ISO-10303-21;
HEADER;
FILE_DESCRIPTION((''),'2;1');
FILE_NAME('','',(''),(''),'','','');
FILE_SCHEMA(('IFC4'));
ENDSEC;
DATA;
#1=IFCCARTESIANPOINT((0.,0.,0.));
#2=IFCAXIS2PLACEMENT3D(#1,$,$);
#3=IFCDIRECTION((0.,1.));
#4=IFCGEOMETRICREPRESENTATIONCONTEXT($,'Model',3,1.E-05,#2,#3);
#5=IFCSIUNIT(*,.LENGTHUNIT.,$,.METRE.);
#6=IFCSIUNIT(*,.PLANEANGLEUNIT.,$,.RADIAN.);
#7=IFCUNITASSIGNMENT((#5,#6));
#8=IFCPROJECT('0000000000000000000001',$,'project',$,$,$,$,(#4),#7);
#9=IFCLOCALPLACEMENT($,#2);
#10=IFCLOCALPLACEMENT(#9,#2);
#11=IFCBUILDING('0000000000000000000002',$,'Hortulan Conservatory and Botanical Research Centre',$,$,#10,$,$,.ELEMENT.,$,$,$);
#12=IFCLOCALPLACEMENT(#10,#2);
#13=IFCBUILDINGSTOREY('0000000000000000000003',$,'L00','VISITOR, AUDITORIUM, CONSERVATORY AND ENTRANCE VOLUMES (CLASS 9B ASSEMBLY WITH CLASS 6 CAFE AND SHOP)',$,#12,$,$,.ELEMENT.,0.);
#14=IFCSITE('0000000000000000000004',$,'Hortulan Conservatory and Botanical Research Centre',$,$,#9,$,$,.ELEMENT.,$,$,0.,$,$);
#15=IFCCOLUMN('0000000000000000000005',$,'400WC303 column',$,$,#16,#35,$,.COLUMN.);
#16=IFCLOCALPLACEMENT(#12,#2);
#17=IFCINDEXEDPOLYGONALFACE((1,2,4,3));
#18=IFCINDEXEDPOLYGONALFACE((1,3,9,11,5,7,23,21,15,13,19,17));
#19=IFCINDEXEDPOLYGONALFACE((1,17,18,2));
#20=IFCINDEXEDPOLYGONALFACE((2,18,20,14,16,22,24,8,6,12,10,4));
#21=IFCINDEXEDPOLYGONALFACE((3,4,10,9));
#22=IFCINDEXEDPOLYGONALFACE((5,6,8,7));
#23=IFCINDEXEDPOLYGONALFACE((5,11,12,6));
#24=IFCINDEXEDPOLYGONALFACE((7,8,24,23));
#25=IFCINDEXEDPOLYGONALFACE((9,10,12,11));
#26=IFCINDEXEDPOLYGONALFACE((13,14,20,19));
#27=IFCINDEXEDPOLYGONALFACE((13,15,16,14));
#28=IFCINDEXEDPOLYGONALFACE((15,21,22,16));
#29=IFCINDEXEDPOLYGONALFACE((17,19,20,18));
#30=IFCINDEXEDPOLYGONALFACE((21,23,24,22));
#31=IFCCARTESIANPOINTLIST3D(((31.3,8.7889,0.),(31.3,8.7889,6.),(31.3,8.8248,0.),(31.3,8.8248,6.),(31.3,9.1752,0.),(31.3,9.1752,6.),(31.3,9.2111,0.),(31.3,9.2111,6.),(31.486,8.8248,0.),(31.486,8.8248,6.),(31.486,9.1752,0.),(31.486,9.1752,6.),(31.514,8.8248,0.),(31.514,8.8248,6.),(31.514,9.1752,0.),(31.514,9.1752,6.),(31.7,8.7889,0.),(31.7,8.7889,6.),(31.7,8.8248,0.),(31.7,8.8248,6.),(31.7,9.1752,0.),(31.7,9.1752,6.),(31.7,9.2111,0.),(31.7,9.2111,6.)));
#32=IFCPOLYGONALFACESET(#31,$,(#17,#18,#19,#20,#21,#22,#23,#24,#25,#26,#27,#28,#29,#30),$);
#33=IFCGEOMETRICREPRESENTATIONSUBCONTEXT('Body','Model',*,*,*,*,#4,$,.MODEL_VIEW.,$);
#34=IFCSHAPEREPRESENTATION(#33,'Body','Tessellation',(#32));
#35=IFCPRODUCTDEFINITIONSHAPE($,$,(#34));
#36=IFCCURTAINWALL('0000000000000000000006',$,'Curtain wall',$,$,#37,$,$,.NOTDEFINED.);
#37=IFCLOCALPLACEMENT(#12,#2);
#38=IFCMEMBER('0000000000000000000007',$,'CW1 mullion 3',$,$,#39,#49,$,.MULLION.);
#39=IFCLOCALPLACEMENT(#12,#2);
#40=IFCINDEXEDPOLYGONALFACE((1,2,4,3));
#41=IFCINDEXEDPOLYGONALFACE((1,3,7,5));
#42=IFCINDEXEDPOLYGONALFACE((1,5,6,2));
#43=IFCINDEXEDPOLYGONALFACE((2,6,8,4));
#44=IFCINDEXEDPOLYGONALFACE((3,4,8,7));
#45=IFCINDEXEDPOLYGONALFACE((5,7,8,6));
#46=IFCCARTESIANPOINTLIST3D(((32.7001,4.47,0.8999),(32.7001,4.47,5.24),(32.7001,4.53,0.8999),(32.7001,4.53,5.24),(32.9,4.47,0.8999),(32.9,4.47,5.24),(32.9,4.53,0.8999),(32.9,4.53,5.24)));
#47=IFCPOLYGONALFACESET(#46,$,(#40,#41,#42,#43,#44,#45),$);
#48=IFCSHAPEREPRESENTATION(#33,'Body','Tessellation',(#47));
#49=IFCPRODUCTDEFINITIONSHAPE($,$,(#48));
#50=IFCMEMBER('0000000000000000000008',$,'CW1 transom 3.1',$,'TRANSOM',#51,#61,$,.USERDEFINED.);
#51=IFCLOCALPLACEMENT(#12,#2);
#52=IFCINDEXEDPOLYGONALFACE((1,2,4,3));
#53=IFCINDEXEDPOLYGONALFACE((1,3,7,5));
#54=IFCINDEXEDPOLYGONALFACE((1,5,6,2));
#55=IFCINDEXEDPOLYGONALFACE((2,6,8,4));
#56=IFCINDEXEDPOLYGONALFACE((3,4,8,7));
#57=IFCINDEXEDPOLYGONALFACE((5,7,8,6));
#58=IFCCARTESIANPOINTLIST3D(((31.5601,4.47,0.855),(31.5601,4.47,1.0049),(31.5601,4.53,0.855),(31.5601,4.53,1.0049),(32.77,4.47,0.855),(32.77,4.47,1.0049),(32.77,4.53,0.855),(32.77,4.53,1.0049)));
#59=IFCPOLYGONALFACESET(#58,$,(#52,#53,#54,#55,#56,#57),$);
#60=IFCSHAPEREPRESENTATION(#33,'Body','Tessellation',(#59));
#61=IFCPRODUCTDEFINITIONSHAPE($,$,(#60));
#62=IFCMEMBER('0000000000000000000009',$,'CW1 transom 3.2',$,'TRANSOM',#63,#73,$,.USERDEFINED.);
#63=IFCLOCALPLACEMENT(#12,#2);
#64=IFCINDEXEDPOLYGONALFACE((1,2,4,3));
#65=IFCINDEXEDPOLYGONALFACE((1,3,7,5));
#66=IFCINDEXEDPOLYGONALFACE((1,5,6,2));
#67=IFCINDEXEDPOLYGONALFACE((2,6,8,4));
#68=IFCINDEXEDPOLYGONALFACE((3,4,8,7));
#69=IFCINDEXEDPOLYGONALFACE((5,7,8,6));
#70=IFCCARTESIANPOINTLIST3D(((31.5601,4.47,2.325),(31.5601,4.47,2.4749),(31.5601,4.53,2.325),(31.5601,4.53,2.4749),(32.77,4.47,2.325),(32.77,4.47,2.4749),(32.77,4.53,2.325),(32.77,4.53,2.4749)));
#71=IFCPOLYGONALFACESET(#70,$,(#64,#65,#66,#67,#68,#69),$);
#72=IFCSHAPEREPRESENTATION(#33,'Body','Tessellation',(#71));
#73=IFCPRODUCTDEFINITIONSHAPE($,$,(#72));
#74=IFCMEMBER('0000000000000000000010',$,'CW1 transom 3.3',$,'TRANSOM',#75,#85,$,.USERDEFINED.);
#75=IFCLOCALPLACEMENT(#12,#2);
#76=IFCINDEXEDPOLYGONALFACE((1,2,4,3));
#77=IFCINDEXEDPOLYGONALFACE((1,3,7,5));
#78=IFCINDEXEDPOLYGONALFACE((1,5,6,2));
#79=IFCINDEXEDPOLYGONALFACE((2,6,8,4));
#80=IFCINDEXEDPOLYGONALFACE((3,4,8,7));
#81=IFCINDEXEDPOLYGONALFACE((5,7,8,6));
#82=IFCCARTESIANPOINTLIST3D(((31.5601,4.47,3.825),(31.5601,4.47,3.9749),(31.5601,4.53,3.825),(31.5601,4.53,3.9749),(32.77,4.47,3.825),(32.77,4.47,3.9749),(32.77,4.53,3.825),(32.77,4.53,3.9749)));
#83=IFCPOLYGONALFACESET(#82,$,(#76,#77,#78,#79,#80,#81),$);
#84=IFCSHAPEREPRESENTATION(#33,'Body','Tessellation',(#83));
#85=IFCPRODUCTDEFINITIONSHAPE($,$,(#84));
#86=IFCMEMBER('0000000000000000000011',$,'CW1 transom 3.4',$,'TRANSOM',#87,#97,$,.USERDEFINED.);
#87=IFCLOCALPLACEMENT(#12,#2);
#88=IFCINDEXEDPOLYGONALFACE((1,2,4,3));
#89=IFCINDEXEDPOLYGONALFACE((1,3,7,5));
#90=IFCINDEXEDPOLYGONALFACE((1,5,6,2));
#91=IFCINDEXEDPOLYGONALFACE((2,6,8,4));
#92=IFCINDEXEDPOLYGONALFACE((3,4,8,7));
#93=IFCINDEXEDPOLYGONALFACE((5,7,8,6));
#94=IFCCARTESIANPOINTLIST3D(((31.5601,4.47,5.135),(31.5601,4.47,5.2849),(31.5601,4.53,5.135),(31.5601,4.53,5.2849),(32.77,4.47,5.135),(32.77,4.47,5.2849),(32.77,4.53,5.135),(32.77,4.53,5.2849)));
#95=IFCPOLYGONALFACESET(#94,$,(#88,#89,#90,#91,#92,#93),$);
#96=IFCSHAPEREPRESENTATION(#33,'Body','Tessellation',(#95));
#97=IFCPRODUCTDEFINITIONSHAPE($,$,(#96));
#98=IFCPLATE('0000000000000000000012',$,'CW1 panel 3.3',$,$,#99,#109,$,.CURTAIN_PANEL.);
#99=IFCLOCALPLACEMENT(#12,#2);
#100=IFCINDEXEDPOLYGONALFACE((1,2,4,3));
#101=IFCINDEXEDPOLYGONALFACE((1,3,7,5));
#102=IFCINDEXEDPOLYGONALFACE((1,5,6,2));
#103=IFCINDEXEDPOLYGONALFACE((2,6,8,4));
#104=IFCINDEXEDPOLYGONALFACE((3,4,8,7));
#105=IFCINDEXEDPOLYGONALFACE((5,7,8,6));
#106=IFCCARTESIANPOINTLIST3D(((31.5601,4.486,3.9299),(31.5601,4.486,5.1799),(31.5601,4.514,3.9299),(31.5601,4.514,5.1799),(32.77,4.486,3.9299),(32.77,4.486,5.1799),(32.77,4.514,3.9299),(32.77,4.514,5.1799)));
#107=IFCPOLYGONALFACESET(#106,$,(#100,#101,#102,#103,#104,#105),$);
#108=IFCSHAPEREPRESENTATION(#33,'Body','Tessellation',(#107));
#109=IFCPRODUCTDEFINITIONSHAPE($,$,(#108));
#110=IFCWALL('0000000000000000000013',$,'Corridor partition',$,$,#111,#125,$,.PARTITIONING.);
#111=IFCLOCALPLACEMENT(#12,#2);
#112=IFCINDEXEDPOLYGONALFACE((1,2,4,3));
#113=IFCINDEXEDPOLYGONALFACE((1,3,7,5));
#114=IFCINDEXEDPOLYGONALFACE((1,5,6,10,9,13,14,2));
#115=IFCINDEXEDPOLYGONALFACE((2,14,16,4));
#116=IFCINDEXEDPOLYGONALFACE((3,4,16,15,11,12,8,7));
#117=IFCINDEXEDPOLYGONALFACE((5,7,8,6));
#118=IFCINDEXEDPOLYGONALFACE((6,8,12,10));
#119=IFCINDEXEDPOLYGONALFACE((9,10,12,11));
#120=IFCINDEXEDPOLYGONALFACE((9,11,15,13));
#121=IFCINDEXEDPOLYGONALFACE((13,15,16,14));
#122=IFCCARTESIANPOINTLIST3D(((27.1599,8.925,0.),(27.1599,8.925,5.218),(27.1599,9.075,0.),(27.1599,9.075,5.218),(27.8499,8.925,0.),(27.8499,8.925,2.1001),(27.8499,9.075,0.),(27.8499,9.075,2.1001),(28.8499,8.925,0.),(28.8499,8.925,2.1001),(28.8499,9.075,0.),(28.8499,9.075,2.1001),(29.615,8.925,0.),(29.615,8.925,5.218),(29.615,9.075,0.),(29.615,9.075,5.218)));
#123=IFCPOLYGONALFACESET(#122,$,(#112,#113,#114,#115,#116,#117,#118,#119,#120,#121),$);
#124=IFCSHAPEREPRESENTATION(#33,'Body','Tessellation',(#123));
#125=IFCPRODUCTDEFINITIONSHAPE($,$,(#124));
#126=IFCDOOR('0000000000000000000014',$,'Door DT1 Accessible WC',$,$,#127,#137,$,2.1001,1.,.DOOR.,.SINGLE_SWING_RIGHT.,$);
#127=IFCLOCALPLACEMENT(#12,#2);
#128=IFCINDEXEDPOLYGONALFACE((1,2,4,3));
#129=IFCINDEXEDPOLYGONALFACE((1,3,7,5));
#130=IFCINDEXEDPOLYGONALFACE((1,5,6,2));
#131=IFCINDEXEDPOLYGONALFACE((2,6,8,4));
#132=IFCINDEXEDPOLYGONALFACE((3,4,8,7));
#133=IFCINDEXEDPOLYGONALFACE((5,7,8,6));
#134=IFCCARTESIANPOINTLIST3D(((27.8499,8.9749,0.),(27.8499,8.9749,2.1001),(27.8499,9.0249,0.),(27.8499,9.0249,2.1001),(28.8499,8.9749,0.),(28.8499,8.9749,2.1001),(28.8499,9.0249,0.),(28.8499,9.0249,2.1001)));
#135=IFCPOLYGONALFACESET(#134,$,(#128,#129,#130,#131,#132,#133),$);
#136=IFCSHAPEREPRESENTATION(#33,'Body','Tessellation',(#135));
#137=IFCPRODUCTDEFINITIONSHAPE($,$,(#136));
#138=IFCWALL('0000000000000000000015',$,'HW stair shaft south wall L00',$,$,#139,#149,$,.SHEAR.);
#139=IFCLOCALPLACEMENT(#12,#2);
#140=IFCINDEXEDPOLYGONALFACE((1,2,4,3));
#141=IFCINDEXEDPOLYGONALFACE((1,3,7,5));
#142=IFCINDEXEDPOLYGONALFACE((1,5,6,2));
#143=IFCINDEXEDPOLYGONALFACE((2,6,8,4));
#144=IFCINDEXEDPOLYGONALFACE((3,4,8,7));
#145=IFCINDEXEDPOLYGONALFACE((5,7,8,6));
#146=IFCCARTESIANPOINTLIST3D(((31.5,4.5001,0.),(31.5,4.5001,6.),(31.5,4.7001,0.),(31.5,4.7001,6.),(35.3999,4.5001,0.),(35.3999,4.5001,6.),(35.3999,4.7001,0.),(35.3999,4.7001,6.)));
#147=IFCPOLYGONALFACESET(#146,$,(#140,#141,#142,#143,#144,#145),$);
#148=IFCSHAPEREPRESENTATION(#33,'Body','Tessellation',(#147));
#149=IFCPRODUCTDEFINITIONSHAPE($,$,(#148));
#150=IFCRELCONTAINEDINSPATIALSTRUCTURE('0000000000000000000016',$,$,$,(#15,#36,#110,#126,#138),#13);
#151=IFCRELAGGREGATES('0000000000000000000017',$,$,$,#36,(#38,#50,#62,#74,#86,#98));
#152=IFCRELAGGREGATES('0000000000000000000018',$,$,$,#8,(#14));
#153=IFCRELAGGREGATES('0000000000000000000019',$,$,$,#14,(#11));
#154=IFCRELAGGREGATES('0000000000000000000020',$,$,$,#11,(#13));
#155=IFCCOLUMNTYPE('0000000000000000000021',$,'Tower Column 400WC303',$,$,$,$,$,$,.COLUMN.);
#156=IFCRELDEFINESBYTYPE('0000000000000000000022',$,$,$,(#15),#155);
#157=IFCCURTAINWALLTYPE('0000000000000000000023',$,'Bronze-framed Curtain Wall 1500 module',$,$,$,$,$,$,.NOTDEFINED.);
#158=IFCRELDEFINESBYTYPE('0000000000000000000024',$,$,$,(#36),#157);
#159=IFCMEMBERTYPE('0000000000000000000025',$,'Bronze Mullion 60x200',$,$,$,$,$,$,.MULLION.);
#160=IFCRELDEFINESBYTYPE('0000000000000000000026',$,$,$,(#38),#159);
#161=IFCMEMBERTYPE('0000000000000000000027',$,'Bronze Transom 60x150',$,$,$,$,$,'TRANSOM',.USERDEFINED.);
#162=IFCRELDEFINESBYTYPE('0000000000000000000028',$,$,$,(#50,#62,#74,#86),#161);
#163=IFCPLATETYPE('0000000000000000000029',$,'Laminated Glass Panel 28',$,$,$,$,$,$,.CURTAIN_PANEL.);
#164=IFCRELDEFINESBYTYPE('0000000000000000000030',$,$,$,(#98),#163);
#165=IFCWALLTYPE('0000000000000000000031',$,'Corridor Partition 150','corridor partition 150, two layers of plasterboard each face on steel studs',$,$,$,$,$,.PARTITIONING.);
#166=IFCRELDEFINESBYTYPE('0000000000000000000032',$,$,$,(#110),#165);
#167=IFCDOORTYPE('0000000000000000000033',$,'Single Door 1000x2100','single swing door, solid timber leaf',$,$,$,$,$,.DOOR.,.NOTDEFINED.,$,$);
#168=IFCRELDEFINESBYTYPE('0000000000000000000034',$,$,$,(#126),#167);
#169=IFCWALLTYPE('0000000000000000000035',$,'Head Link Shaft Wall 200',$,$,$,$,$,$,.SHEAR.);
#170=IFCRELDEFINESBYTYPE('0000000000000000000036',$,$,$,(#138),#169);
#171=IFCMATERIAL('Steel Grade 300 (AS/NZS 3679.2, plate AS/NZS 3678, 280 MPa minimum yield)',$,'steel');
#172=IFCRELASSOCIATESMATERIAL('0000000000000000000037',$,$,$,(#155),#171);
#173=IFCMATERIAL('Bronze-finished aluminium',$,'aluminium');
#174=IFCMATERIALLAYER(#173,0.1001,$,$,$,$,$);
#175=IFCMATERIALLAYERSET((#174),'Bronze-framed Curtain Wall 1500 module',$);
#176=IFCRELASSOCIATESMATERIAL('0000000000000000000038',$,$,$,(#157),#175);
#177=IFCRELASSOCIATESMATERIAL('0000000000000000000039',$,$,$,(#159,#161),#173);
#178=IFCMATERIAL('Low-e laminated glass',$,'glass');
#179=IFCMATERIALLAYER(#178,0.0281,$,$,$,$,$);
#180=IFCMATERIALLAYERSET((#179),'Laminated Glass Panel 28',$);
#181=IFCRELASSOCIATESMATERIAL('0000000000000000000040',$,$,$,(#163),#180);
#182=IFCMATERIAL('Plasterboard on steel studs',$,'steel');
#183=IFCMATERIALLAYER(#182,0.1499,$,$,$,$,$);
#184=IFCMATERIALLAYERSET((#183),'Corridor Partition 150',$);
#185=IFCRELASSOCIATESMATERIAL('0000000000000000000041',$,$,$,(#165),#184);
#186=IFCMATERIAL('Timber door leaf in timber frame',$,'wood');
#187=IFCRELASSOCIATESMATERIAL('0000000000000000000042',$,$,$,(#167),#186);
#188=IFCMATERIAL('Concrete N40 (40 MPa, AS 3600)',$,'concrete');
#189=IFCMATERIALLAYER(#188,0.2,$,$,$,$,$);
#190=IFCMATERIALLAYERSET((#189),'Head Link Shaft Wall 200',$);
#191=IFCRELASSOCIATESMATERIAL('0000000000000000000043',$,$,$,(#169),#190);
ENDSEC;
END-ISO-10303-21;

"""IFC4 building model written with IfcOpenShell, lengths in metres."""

from ifc_helpers import new_model, si_unit, direction, frame, frame_2d, origin, origin_2d, place, context, subcontext, project, spatial, rectangle, i_section, extrude, material, layer, layer_set, material_profile, profile_set, type_object, element, fill, aggregate, save


model = new_model("IFC4")

# Units and contexts
model_context = context("Model", 3, precision=1e-05, world=origin(), true_north=direction((0.0, 1.0)))
body_context = subcontext(model_context, "Body", "Model", "MODEL_VIEW")
ifc_project = project(units=[si_unit("LENGTHUNIT", "METRE"), si_unit("PLANEANGLEUNIT", "RADIAN")], contexts=[model_context])

# Site, building, storey
site_placement = place(None, origin())
site = spatial("IfcSite", under=ifc_project, at=site_placement, Name="Hortulan Conservatory and Botanical Research Centre", CompositionType="ELEMENT", RefElevation=0.0)
building_placement = place(site_placement, origin())
building = spatial("IfcBuilding", under=site, at=building_placement, Name="Hortulan Conservatory and Botanical Research Centre", CompositionType="ELEMENT")
storey_placement = place(building_placement, origin())
storey = spatial("IfcBuildingStorey", under=building, at=storey_placement, Name="L00", Description="VISITOR, AUDITORIUM, CONSERVATORY AND ENTRANCE VOLUMES (CLASS 9B ASSEMBLY WITH CLASS 6 CAFE AND SHOP)", CompositionType="ELEMENT", Elevation=0.0)

# Column
ifc_material_1 = material(Name="Steel Grade 300 (AS/NZS 3679.2, plate AS/NZS 3678, 280 MPa minimum yield)", Category="steel")
ifc_material_profile_1 = material_profile(ifc_material_1, i_section(OverallWidth=0.3999, OverallDepth=0.4221, WebThickness=0.0281, FlangeThickness=0.0359, at=origin_2d()), Name="400WC303")
ifc_profile_set_1 = profile_set([ifc_material_profile_1], Name="Steel Grade 300 (AS/NZS 3679.2, plate AS/NZS 3678, 280 MPa minimum yield)")
column_type = type_object("IfcColumnType", Name="Tower Column 400WC303", PredefinedType="COLUMN", material=ifc_profile_set_1)
column_placement = place(storey_placement, frame((31.5, 9.0, 0.0), z_axis=(0.0, 0.0, 1.0), x_axis=(1.0, 0.0, 0.0)))
element("IfcColumn", 1, at=column_placement, inside=storey, type_object=column_type, Name="400WC303 column", PredefinedType="COLUMN", context=body_context, shape_type="SweptSolid", body=[
    extrude(i_section(OverallWidth=0.3999, OverallDepth=0.4221, WebThickness=0.0281, FlangeThickness=0.0359, at=origin_2d()), origin(), (0.0, 0.0, 1.0), 6.0),
])

# Curtain wall, members, plate
ifc_material_2 = material(Name="Bronze-finished aluminium", Category="aluminium")
ifc_layer_1 = layer(ifc_material_2, 0.1001)
ifc_layer_set_1 = layer_set([ifc_layer_1], Name="Bronze-framed Curtain Wall 1500 module")
curtain_wall_type = type_object("IfcCurtainWallType", Name="Bronze-framed Curtain Wall 1500 module", PredefinedType="NOTDEFINED", material=ifc_layer_set_1)
curtain_wall_placement = place(storey_placement, origin())
curtain_wall = element("IfcCurtainWall", 2, at=curtain_wall_placement, inside=storey, type_object=curtain_wall_type, Name="Curtain wall", PredefinedType="NOTDEFINED")
ifc_material_profile_2 = material_profile(ifc_material_2, rectangle(XDim=0.0601, YDim=0.2, at=origin_2d()), Name="Bronze Mullion 60x200")
ifc_profile_set_2 = profile_set([ifc_material_profile_2], Name="Bronze-finished aluminium")
member_type_1 = type_object("IfcMemberType", Name="Bronze Mullion 60x200", PredefinedType="MULLION", material=ifc_profile_set_2)
member_1_placement = place(storey_placement, frame((32.8, 4.5, 0.8999), z_axis=(0.0, 0.0, 1.0), x_axis=(0.0, -1.0, 0.0)))
member_1 = element("IfcMember", 3, at=member_1_placement, type_object=member_type_1, Name="CW1 mullion 3", PredefinedType="MULLION", context=body_context, shape_type="SweptSolid", body=[
    extrude(rectangle(XDim=0.0601, YDim=0.2, at=origin_2d()), origin(), (0.0, 0.0, 1.0), 4.3401),
])
ifc_material_profile_3 = material_profile(ifc_material_2, rectangle(XDim=0.0601, YDim=0.1499, at=origin_2d()), Name="Bronze Transom 60x150")
ifc_profile_set_3 = profile_set([ifc_material_profile_3], Name="Bronze-finished aluminium")
member_type_2 = type_object("IfcMemberType", Name="Bronze Transom 60x150", ElementType="TRANSOM", PredefinedType="USERDEFINED", material=ifc_profile_set_3)
member_2_placement = place(storey_placement, frame((32.77, 4.5, 0.9299), z_axis=(-1.0, 0.0, 0.0), x_axis=(0.0, -1.0, 0.0)))
member_2 = element("IfcMember", 4, at=member_2_placement, type_object=member_type_2, Name="CW1 transom 3.1", ObjectType="TRANSOM", PredefinedType="USERDEFINED", context=body_context, shape_type="SweptSolid", body=[
    extrude(rectangle(XDim=0.0601, YDim=0.1499, at=origin_2d()), origin(), (0.0, 0.0, 1.0), 1.21),
])
member_3_placement = place(storey_placement, frame((32.77, 4.5, 2.3999), z_axis=(-1.0, 0.0, 0.0), x_axis=(0.0, -1.0, 0.0)))
member_3 = element("IfcMember", 5, at=member_3_placement, type_object=member_type_2, Name="CW1 transom 3.2", ObjectType="TRANSOM", PredefinedType="USERDEFINED", context=body_context, shape_type="SweptSolid", body=[
    extrude(rectangle(XDim=0.0601, YDim=0.1499, at=origin_2d()), origin(), (0.0, 0.0, 1.0), 1.21),
])
member_4_placement = place(storey_placement, frame((32.77, 4.5, 3.8999), z_axis=(-1.0, 0.0, 0.0), x_axis=(0.0, -1.0, 0.0)))
member_4 = element("IfcMember", 6, at=member_4_placement, type_object=member_type_2, Name="CW1 transom 3.3", ObjectType="TRANSOM", PredefinedType="USERDEFINED", context=body_context, shape_type="SweptSolid", body=[
    extrude(rectangle(XDim=0.0601, YDim=0.1499, at=origin_2d()), origin(), (0.0, 0.0, 1.0), 1.21),
])
member_5_placement = place(storey_placement, frame((32.77, 4.5, 5.21), z_axis=(-1.0, 0.0, 0.0), x_axis=(0.0, -1.0, 0.0)))
member_5 = element("IfcMember", 7, at=member_5_placement, type_object=member_type_2, Name="CW1 transom 3.4", ObjectType="TRANSOM", PredefinedType="USERDEFINED", context=body_context, shape_type="SweptSolid", body=[
    extrude(rectangle(XDim=0.0601, YDim=0.1499, at=origin_2d()), origin(), (0.0, 0.0, 1.0), 1.21),
])
ifc_material_3 = material(Name="Low-e laminated glass", Category="glass")
ifc_layer_2 = layer(ifc_material_3, 0.0281)
ifc_layer_set_2 = layer_set([ifc_layer_2], Name="Laminated Glass Panel 28")
plate_type = type_object("IfcPlateType", Name="Laminated Glass Panel 28", PredefinedType="CURTAIN_PANEL", material=ifc_layer_set_2)
plate_placement = place(storey_placement, frame((32.165, 4.5, 3.9299), z_axis=(0.0, 0.0, 1.0), x_axis=(-1.0, 0.0, 0.0)))
plate = element("IfcPlate", 8, at=plate_placement, type_object=plate_type, Name="CW1 panel 3.3", PredefinedType="CURTAIN_PANEL", context=body_context, shape_type="SweptSolid", body=[
    extrude(rectangle(XDim=1.21, YDim=0.0281, at=origin_2d()), origin(), (0.0, 0.0, 1.0), 1.25),
])
aggregate(curtain_wall, [member_1, member_2, member_3, member_4, member_5, plate])

# Wall, opening, door
ifc_material_4 = material(Name="Plasterboard on steel studs", Category="steel")
ifc_layer_3 = layer(ifc_material_4, 0.1499)
ifc_layer_set_3 = layer_set([ifc_layer_3], Name="Corridor Partition 150")
wall_type_1 = type_object("IfcWallType", Name="Corridor Partition 150", Description="corridor partition 150, two layers of plasterboard each face on steel studs", PredefinedType="PARTITIONING", material=ifc_layer_set_3)
wall_1_placement = place(storey_placement, frame((27.1599, 9.0, 0.0), z_axis=(0.0, 0.0, 1.0), x_axis=(1.0, 0.0, 0.0)))
wall_1 = element("IfcWall", 9, at=wall_1_placement, inside=storey, type_object=wall_type_1, Name="Corridor partition", PredefinedType="PARTITIONING", context=body_context, shape_type="SweptSolid", body=[
    extrude(rectangle(XDim=2.4551, YDim=0.1499, at=frame_2d((1.2275, 0.0))), origin(), (0.0, 0.0, 1.0), 5.218),
])
opening_1_placement = place(wall_1_placement, frame((0.6899, 0.0, 0.0)))
opening_1 = element("IfcOpeningElement", 10, at=opening_1_placement, cuts=wall_1, PredefinedType="OPENING", context=body_context, shape_type="SweptSolid", body=[
    extrude(rectangle(XDim=1.0, YDim=2.1001, at=frame_2d((0.5, 1.05))), frame((0.0, 0.085, 0.0), z_axis=(0.0, -1.0, 0.0), x_axis=(1.0, 0.0, 0.0)), (0.0, 0.0, 1.0), 0.1699),
])
ifc_material_5 = material(Name="Timber door leaf in timber frame", Category="wood")
door_type_1 = type_object("IfcDoorType", Name="Single Door 1000x2100", Description="single swing door, solid timber leaf", OperationType="NOTDEFINED", PredefinedType="DOOR", material=ifc_material_5)
door_1_placement = place(opening_1_placement, origin())
door_1 = element("IfcDoor", 11, at=door_1_placement, inside=storey, type_object=door_type_1, Name="Door DT1 Accessible WC", OperationType="SINGLE_SWING_RIGHT", OverallHeight=2.1001, OverallWidth=1.0, PredefinedType="DOOR", context=body_context, shape_type="SweptSolid", body=[
    extrude(rectangle(XDim=1.0, YDim=2.1001, at=frame_2d((0.5, 1.05))), frame((0.0, 0.0249, 0.0), z_axis=(0.0, -1.0, 0.0), x_axis=(1.0, 0.0, 0.0)), (0.0, 0.0, 1.0), 0.05),
])
fill(opening_1, door_1)

# Wall
ifc_material_6 = material(Name="Concrete N40 (40 MPa, AS 3600)", Category="concrete")
ifc_layer_4 = layer(ifc_material_6, 0.2)
ifc_layer_set_4 = layer_set([ifc_layer_4], Name="Head Link Shaft Wall 200")
wall_type_2 = type_object("IfcWallType", Name="Head Link Shaft Wall 200", PredefinedType="SHEAR", material=ifc_layer_set_4)
wall_2_placement = place(storey_placement, frame((31.5, 4.6001, 0.0), z_axis=(0.0, 0.0, 1.0), x_axis=(1.0, 0.0, 0.0)))
element("IfcWall", 12, at=wall_2_placement, inside=storey, type_object=wall_type_2, Name="HW stair shaft south wall L00", PredefinedType="SHEAR", context=body_context, shape_type="SweptSolid", body=[
    extrude(rectangle(XDim=3.8999, YDim=0.2, at=frame_2d((1.95, 0.0))), origin(), (0.0, 0.0, 1.0), 6.0),
])

save(model, "model.ifc")
